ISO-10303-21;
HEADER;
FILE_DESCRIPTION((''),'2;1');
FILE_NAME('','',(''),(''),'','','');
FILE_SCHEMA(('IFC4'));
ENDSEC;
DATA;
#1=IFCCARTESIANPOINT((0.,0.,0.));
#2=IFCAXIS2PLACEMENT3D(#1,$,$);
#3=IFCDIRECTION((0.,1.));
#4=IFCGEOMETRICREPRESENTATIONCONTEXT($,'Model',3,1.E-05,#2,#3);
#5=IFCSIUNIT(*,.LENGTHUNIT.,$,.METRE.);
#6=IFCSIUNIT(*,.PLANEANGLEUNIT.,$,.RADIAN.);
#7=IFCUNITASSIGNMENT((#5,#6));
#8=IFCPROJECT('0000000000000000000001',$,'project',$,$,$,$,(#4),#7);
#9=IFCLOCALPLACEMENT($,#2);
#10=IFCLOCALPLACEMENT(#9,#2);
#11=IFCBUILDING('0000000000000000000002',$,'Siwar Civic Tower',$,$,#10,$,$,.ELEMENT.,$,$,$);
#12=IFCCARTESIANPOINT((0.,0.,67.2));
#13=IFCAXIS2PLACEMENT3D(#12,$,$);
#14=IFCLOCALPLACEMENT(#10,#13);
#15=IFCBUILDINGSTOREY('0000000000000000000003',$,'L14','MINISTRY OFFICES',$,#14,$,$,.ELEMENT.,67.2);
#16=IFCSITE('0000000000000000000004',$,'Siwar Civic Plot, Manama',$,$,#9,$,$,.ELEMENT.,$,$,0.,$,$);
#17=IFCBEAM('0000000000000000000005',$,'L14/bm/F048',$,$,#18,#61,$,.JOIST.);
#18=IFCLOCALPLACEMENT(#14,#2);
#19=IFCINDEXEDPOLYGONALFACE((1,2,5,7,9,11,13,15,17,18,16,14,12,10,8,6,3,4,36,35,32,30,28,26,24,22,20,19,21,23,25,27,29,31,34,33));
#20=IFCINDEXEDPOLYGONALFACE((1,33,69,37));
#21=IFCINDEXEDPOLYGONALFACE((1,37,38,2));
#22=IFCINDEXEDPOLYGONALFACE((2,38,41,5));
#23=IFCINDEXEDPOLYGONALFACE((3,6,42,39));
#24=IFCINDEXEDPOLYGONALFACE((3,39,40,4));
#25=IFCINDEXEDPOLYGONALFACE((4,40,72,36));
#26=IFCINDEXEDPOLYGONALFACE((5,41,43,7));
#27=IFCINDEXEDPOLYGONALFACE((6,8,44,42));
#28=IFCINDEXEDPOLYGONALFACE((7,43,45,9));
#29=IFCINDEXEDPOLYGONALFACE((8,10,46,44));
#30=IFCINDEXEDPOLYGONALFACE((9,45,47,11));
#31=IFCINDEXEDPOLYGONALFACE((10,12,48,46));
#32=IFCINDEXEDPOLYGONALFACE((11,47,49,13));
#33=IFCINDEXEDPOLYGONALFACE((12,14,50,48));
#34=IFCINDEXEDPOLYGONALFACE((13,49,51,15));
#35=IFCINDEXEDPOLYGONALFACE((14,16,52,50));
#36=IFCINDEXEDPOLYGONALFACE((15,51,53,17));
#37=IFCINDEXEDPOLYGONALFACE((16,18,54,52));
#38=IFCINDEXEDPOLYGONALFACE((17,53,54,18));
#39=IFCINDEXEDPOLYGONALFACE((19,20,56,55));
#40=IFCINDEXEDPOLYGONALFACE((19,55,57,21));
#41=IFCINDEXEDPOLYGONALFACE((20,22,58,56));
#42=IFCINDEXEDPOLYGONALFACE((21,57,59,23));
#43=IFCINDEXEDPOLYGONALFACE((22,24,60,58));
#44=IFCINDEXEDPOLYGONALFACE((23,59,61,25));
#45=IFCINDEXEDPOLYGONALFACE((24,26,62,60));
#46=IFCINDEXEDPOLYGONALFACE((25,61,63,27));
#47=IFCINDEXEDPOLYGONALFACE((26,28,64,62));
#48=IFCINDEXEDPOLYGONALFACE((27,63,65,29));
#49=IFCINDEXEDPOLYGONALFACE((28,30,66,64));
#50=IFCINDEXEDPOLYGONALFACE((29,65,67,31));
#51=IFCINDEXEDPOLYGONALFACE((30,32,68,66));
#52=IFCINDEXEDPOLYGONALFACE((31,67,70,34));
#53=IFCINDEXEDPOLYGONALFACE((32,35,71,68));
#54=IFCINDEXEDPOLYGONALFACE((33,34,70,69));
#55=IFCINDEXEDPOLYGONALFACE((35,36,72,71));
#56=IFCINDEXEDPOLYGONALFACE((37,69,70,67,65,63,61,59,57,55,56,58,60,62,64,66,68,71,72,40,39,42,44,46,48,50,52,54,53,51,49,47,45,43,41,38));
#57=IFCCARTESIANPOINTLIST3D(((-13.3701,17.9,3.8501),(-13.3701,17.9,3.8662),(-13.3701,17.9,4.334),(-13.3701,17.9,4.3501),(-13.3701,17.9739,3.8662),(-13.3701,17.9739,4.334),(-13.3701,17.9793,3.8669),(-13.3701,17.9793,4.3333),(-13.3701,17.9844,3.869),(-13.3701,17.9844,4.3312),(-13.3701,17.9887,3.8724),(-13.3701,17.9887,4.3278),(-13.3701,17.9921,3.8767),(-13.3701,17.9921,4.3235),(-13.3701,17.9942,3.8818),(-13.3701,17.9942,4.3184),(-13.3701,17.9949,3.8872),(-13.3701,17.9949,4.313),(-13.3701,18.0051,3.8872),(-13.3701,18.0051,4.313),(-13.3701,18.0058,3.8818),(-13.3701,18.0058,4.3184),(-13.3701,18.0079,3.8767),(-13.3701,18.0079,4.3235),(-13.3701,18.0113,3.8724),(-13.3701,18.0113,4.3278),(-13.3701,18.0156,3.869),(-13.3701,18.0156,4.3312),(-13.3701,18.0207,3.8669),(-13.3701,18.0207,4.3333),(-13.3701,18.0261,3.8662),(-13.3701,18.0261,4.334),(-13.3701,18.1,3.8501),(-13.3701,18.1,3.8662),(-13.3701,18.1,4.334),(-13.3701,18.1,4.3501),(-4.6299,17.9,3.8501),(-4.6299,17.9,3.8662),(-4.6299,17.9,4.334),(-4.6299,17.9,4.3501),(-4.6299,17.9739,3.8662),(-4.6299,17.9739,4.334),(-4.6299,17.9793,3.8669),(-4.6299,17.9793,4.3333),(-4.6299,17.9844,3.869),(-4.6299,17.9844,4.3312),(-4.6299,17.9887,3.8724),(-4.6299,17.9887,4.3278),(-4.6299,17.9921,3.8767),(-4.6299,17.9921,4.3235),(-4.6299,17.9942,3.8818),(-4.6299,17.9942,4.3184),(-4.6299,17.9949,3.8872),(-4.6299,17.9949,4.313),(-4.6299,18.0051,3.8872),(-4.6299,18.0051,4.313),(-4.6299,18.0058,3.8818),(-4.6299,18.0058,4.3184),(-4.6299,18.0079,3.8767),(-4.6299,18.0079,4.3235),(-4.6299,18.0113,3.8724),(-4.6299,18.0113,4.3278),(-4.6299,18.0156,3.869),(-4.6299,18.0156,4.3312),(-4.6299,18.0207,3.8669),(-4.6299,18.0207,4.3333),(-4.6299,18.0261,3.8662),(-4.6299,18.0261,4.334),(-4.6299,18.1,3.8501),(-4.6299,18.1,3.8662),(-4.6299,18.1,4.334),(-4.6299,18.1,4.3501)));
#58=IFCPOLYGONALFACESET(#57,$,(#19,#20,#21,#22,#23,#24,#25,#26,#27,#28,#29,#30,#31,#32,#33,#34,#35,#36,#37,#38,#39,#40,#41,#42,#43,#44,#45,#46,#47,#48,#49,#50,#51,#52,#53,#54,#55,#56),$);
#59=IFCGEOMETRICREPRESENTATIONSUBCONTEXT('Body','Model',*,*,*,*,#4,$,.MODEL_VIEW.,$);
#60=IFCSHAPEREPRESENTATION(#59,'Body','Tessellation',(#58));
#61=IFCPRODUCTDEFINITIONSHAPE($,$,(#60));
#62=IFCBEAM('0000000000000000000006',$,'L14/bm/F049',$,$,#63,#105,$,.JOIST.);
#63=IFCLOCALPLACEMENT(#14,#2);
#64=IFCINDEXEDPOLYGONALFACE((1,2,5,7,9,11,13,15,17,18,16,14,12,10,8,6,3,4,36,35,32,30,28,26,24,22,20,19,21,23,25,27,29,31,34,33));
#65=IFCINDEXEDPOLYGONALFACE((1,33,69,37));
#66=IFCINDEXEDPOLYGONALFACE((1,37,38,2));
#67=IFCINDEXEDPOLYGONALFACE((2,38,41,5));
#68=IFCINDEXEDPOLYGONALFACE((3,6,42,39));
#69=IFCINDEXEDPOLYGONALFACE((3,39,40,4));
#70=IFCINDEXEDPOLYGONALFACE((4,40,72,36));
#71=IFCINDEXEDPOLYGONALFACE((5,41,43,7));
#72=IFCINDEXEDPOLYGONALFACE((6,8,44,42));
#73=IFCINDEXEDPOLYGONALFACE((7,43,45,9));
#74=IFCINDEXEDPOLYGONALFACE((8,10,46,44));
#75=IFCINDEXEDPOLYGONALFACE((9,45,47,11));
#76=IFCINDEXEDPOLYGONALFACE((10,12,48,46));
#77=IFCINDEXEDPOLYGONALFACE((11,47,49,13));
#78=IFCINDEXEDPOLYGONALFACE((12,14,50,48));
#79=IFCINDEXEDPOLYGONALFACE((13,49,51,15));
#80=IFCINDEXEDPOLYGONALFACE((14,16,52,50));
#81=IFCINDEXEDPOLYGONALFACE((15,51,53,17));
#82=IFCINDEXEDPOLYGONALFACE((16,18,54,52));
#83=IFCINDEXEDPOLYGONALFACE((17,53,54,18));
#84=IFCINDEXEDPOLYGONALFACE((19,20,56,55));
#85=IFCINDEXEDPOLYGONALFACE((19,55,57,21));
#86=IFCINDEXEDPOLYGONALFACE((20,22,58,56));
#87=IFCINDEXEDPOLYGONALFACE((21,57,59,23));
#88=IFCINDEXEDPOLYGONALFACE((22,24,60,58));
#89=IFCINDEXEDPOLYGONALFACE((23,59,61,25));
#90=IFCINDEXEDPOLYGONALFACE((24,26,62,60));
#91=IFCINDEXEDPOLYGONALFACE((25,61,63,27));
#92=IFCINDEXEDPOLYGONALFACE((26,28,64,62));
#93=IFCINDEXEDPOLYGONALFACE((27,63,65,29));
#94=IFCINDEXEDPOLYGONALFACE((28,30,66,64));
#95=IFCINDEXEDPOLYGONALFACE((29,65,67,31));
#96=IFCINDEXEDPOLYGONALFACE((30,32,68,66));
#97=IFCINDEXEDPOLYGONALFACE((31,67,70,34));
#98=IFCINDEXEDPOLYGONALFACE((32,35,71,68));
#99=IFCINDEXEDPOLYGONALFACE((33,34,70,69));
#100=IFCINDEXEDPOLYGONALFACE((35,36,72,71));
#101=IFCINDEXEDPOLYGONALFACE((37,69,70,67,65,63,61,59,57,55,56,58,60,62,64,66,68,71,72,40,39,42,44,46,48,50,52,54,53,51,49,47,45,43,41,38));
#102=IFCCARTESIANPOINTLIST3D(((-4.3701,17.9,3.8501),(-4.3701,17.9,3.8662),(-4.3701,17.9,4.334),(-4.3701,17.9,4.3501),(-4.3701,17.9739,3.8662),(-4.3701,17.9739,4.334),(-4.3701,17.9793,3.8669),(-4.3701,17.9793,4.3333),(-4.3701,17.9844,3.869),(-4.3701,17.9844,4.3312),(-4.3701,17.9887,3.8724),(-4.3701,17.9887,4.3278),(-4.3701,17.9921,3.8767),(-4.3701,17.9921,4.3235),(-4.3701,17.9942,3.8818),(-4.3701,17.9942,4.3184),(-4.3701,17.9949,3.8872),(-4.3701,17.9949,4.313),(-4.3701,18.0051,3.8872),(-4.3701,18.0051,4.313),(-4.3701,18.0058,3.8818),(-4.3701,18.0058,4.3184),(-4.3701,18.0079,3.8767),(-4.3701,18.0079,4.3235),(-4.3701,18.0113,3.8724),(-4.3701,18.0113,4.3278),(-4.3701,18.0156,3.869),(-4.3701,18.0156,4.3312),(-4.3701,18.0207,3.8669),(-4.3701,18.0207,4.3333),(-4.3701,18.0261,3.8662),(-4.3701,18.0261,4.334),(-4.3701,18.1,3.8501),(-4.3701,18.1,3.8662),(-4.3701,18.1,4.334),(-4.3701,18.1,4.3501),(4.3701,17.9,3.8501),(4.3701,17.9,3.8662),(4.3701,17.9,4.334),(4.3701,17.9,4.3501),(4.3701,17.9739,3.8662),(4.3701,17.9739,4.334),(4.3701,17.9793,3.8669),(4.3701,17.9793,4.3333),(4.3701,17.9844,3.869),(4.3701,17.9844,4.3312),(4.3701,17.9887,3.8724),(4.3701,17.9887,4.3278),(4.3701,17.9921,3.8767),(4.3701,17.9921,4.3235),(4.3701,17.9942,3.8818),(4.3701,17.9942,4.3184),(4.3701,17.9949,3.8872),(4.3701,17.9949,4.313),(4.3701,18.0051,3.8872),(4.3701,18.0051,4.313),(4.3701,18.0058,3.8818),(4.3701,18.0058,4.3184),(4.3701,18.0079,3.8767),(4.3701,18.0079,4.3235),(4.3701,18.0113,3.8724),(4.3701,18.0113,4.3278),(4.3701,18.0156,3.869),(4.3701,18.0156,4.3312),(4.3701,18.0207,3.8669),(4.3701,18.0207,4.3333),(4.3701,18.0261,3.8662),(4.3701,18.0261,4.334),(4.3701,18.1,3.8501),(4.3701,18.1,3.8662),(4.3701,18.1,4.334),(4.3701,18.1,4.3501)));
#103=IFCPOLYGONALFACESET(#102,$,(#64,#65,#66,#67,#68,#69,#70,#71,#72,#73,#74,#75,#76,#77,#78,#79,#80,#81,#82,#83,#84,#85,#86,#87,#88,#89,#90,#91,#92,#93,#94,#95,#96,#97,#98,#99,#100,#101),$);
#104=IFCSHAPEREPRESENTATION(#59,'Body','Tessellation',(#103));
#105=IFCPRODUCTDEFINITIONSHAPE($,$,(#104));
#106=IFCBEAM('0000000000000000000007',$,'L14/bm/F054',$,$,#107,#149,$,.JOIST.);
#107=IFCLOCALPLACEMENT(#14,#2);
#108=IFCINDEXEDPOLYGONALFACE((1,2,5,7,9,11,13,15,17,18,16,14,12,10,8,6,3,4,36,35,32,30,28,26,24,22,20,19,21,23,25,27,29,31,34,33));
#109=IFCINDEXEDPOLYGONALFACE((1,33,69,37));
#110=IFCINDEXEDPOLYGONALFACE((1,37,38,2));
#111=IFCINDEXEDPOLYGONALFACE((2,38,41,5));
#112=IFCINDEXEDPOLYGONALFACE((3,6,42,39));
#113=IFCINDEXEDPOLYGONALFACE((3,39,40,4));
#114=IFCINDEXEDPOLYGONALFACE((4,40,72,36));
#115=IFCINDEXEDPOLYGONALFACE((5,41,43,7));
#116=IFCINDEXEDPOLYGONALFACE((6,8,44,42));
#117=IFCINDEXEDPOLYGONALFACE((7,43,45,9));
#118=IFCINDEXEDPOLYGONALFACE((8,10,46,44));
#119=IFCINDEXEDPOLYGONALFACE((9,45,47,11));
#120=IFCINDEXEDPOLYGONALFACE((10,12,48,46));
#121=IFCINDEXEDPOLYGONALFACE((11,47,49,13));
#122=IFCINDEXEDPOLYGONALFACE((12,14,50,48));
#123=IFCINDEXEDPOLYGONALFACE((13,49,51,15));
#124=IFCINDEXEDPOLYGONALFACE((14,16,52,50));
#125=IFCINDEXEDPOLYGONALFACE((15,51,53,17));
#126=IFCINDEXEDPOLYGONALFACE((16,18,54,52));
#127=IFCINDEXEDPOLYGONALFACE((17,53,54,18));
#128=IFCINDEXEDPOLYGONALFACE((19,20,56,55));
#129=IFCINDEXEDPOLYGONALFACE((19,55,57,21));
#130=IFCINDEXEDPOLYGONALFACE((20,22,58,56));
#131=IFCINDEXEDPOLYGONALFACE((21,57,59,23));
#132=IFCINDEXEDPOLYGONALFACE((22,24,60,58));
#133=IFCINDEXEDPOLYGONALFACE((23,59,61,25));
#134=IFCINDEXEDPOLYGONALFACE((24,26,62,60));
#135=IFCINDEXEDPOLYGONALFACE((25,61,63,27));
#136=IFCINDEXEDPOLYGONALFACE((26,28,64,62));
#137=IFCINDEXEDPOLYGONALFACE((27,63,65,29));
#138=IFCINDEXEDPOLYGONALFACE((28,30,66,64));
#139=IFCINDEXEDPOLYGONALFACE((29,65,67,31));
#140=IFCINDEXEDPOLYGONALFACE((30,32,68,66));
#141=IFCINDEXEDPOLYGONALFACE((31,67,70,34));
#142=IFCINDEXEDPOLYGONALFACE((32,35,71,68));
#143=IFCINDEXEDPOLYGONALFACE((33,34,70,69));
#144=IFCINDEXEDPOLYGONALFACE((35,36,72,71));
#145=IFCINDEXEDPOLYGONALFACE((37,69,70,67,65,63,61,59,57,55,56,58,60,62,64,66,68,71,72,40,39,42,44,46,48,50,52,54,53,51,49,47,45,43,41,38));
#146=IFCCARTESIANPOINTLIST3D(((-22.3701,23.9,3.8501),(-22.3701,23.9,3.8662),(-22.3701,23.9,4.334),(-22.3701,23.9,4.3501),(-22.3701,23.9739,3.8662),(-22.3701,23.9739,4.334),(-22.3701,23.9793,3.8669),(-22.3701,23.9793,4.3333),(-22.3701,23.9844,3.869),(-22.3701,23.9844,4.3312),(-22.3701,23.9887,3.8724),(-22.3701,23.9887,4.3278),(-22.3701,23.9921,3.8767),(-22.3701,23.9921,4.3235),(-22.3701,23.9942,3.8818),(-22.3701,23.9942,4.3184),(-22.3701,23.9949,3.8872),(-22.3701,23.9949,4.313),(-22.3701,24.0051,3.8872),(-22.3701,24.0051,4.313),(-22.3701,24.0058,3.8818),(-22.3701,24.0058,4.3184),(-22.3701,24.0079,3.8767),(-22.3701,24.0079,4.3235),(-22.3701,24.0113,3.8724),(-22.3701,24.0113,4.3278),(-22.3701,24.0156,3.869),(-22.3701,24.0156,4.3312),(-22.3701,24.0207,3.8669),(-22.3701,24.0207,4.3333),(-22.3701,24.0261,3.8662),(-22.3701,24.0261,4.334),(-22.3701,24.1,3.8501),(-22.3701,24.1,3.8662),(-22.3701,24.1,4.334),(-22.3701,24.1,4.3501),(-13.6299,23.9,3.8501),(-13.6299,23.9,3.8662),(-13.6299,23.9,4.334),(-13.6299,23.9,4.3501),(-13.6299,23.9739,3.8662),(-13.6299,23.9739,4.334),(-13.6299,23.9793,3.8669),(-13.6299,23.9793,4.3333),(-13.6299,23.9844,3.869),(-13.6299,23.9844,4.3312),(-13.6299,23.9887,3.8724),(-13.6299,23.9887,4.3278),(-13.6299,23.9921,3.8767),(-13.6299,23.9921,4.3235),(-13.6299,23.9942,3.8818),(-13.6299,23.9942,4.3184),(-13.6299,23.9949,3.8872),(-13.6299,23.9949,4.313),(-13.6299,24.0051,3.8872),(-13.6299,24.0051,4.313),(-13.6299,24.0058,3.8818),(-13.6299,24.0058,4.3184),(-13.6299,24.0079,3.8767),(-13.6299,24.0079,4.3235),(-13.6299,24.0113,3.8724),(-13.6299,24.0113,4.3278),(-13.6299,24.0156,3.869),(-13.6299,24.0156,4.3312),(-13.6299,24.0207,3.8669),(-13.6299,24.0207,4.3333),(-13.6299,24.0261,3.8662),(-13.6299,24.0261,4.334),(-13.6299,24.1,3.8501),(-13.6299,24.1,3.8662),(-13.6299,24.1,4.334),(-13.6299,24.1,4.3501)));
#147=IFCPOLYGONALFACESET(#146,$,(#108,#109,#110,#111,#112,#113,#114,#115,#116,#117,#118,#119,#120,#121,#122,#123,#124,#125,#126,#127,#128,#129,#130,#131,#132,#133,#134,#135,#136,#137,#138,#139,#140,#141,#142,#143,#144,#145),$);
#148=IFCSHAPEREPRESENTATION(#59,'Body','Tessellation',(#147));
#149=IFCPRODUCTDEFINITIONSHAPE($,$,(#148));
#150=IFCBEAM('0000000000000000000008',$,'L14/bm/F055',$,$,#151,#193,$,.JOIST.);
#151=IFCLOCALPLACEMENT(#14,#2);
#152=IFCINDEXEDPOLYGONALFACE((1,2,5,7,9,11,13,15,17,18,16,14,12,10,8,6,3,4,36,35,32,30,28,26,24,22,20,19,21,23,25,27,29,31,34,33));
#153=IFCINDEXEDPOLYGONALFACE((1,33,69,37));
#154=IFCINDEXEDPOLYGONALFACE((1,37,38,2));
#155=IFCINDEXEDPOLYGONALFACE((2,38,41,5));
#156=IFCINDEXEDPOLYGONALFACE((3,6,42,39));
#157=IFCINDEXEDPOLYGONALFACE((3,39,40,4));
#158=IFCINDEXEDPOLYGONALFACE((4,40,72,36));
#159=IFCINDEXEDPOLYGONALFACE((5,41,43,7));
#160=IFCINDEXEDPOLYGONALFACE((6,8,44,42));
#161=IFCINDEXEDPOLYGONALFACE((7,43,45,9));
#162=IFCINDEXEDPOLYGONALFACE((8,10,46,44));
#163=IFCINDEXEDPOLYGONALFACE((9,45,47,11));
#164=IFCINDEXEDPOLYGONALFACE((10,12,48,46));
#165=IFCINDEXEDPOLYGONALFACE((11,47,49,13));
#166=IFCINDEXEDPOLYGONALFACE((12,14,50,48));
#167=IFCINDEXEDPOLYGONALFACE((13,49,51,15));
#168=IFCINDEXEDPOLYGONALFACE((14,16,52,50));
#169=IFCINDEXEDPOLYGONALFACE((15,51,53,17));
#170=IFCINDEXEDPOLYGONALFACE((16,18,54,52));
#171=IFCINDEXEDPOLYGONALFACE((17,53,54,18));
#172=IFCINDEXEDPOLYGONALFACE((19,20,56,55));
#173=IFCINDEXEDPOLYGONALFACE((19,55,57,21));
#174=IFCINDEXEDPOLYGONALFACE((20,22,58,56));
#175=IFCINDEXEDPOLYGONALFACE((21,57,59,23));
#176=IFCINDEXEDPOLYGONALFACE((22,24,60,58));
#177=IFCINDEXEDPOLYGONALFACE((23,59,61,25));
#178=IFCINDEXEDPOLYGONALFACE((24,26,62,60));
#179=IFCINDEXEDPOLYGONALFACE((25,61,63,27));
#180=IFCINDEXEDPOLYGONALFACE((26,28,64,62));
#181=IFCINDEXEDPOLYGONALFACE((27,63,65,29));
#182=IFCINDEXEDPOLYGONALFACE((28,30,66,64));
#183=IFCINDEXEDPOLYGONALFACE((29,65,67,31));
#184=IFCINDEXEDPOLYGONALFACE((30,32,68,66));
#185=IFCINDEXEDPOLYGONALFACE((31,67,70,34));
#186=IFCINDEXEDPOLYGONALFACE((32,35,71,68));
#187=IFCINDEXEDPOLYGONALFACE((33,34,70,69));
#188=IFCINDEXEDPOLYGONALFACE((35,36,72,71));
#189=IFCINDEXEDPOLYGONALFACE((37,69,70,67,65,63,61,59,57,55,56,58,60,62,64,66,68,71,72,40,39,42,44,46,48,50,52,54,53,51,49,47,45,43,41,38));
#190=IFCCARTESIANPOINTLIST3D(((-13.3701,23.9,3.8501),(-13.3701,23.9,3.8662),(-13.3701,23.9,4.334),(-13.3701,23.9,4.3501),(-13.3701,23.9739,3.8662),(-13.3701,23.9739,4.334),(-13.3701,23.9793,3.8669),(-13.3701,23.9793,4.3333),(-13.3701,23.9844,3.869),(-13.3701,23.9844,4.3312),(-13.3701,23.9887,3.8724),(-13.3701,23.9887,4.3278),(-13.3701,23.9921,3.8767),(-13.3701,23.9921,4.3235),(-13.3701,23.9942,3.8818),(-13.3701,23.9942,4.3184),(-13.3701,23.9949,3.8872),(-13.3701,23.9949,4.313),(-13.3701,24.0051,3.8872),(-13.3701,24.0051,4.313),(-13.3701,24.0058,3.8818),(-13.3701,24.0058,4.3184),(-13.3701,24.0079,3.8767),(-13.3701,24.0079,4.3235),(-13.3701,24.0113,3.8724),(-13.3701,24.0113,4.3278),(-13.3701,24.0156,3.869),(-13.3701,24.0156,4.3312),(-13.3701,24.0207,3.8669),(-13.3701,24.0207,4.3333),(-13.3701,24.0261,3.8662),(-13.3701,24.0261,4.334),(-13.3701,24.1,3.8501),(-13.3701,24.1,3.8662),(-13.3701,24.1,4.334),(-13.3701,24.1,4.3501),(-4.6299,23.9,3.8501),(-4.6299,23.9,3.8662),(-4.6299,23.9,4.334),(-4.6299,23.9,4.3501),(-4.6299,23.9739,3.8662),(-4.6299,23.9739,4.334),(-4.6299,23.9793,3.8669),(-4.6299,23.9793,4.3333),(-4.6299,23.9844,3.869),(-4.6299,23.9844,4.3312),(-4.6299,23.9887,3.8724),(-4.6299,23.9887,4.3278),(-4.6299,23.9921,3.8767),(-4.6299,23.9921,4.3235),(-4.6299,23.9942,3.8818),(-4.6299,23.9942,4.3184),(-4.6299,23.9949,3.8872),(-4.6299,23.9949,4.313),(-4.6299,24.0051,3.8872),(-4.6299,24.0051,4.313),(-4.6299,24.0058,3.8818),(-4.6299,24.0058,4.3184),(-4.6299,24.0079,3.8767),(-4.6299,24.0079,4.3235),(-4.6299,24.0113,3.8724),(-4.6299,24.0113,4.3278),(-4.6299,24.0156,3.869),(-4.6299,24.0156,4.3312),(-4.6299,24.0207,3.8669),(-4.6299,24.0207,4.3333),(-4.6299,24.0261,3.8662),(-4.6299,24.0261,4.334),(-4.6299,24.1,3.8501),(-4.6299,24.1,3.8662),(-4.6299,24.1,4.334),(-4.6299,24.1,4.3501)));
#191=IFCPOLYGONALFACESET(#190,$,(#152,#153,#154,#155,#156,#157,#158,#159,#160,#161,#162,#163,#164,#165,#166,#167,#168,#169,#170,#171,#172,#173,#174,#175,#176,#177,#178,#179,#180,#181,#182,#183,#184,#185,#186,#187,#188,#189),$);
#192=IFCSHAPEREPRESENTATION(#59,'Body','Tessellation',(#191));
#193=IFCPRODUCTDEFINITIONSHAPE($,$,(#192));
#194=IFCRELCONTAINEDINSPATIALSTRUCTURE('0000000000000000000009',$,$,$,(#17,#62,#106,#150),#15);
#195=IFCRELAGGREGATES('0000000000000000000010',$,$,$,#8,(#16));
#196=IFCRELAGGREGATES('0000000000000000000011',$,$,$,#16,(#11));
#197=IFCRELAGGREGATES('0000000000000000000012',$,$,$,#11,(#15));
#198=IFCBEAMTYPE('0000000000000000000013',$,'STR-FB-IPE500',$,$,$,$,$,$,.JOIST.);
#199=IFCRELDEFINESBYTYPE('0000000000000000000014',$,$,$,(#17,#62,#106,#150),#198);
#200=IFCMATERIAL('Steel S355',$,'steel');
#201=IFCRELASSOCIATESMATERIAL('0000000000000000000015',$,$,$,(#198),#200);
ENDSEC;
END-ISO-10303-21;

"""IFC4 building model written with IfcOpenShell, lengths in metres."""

from ifc_helpers import new_model, si_unit, direction, frame, origin, origin_2d, place, context, subcontext, project, spatial, i_section, extrude, material, material_profile, profile_set, type_object, element, save


model = new_model("IFC4")

# Units and contexts
model_context = context("Model", 3, precision=1e-05, world=origin(), true_north=direction((0.0, 1.0)))
body_context = subcontext(model_context, "Body", "Model", "MODEL_VIEW")
ifc_project = project(units=[si_unit("LENGTHUNIT", "METRE"), si_unit("PLANEANGLEUNIT", "RADIAN")], contexts=[model_context])

# Site, building, storey
site_placement = place(None, origin())
site = spatial("IfcSite", under=ifc_project, at=site_placement, Name="Siwar Civic Plot, Manama", CompositionType="ELEMENT", RefElevation=0.0)
building_placement = place(site_placement, origin())
building = spatial("IfcBuilding", under=site, at=building_placement, Name="Siwar Civic Tower", CompositionType="ELEMENT")
storey_placement = place(building_placement, frame((0.0, 0.0, 67.2)))
storey = spatial("IfcBuildingStorey", under=building, at=storey_placement, Name="L14", Description="MINISTRY OFFICES", CompositionType="ELEMENT", Elevation=67.2)

# Beams
ifc_material_1 = material(Name="Steel S355", Category="steel")
ifc_material_profile_1 = material_profile(ifc_material_1, i_section(OverallWidth=0.2, OverallDepth=0.5, WebThickness=0.0103, FlangeThickness=0.0161, FilletRadius=0.021, at=origin_2d()), Name="IPE500")
ifc_profile_set_1 = profile_set([ifc_material_profile_1], Name="Steel S355")
beam_type_1 = type_object("IfcBeamType", Name="STR-FB-IPE500", PredefinedType="JOIST", material=ifc_profile_set_1)
for number, where, z_axis, x_axis, name in (
    (1, (-13.3701, 18.0, 4.1001), (1.0, 0.0, 0.0), (0.0, 1.0, 0.0), "L14/bm/F048"),
    (2, (-4.3701, 18.0, 4.1001), (1.0, 0.0, 0.0), (0.0, 1.0, 0.0), "L14/bm/F049"),
    (3, (-22.3701, 24.0, 4.1001), (1.0, 0.0, 0.0), (0.0, 1.0, 0.0), "L14/bm/F054"),
    (4, (-13.3701, 24.0, 4.1001), (1.0, 0.0, 0.0), (0.0, 1.0, 0.0), "L14/bm/F055"),
):
    element("IfcBeam", number, at=place(storey_placement, frame(where, z_axis=z_axis, x_axis=x_axis)), inside=storey, type_object=beam_type_1, Name=name, PredefinedType="JOIST", context=body_context, shape_type="SweptSolid", body=[
        extrude(i_section(OverallWidth=0.2, OverallDepth=0.5, WebThickness=0.0103, FlangeThickness=0.0161, FilletRadius=0.021, at=origin_2d()), origin(), (0.0, 0.0, 1.0), 8.7402),
    ])

save(model, "model.ifc")
